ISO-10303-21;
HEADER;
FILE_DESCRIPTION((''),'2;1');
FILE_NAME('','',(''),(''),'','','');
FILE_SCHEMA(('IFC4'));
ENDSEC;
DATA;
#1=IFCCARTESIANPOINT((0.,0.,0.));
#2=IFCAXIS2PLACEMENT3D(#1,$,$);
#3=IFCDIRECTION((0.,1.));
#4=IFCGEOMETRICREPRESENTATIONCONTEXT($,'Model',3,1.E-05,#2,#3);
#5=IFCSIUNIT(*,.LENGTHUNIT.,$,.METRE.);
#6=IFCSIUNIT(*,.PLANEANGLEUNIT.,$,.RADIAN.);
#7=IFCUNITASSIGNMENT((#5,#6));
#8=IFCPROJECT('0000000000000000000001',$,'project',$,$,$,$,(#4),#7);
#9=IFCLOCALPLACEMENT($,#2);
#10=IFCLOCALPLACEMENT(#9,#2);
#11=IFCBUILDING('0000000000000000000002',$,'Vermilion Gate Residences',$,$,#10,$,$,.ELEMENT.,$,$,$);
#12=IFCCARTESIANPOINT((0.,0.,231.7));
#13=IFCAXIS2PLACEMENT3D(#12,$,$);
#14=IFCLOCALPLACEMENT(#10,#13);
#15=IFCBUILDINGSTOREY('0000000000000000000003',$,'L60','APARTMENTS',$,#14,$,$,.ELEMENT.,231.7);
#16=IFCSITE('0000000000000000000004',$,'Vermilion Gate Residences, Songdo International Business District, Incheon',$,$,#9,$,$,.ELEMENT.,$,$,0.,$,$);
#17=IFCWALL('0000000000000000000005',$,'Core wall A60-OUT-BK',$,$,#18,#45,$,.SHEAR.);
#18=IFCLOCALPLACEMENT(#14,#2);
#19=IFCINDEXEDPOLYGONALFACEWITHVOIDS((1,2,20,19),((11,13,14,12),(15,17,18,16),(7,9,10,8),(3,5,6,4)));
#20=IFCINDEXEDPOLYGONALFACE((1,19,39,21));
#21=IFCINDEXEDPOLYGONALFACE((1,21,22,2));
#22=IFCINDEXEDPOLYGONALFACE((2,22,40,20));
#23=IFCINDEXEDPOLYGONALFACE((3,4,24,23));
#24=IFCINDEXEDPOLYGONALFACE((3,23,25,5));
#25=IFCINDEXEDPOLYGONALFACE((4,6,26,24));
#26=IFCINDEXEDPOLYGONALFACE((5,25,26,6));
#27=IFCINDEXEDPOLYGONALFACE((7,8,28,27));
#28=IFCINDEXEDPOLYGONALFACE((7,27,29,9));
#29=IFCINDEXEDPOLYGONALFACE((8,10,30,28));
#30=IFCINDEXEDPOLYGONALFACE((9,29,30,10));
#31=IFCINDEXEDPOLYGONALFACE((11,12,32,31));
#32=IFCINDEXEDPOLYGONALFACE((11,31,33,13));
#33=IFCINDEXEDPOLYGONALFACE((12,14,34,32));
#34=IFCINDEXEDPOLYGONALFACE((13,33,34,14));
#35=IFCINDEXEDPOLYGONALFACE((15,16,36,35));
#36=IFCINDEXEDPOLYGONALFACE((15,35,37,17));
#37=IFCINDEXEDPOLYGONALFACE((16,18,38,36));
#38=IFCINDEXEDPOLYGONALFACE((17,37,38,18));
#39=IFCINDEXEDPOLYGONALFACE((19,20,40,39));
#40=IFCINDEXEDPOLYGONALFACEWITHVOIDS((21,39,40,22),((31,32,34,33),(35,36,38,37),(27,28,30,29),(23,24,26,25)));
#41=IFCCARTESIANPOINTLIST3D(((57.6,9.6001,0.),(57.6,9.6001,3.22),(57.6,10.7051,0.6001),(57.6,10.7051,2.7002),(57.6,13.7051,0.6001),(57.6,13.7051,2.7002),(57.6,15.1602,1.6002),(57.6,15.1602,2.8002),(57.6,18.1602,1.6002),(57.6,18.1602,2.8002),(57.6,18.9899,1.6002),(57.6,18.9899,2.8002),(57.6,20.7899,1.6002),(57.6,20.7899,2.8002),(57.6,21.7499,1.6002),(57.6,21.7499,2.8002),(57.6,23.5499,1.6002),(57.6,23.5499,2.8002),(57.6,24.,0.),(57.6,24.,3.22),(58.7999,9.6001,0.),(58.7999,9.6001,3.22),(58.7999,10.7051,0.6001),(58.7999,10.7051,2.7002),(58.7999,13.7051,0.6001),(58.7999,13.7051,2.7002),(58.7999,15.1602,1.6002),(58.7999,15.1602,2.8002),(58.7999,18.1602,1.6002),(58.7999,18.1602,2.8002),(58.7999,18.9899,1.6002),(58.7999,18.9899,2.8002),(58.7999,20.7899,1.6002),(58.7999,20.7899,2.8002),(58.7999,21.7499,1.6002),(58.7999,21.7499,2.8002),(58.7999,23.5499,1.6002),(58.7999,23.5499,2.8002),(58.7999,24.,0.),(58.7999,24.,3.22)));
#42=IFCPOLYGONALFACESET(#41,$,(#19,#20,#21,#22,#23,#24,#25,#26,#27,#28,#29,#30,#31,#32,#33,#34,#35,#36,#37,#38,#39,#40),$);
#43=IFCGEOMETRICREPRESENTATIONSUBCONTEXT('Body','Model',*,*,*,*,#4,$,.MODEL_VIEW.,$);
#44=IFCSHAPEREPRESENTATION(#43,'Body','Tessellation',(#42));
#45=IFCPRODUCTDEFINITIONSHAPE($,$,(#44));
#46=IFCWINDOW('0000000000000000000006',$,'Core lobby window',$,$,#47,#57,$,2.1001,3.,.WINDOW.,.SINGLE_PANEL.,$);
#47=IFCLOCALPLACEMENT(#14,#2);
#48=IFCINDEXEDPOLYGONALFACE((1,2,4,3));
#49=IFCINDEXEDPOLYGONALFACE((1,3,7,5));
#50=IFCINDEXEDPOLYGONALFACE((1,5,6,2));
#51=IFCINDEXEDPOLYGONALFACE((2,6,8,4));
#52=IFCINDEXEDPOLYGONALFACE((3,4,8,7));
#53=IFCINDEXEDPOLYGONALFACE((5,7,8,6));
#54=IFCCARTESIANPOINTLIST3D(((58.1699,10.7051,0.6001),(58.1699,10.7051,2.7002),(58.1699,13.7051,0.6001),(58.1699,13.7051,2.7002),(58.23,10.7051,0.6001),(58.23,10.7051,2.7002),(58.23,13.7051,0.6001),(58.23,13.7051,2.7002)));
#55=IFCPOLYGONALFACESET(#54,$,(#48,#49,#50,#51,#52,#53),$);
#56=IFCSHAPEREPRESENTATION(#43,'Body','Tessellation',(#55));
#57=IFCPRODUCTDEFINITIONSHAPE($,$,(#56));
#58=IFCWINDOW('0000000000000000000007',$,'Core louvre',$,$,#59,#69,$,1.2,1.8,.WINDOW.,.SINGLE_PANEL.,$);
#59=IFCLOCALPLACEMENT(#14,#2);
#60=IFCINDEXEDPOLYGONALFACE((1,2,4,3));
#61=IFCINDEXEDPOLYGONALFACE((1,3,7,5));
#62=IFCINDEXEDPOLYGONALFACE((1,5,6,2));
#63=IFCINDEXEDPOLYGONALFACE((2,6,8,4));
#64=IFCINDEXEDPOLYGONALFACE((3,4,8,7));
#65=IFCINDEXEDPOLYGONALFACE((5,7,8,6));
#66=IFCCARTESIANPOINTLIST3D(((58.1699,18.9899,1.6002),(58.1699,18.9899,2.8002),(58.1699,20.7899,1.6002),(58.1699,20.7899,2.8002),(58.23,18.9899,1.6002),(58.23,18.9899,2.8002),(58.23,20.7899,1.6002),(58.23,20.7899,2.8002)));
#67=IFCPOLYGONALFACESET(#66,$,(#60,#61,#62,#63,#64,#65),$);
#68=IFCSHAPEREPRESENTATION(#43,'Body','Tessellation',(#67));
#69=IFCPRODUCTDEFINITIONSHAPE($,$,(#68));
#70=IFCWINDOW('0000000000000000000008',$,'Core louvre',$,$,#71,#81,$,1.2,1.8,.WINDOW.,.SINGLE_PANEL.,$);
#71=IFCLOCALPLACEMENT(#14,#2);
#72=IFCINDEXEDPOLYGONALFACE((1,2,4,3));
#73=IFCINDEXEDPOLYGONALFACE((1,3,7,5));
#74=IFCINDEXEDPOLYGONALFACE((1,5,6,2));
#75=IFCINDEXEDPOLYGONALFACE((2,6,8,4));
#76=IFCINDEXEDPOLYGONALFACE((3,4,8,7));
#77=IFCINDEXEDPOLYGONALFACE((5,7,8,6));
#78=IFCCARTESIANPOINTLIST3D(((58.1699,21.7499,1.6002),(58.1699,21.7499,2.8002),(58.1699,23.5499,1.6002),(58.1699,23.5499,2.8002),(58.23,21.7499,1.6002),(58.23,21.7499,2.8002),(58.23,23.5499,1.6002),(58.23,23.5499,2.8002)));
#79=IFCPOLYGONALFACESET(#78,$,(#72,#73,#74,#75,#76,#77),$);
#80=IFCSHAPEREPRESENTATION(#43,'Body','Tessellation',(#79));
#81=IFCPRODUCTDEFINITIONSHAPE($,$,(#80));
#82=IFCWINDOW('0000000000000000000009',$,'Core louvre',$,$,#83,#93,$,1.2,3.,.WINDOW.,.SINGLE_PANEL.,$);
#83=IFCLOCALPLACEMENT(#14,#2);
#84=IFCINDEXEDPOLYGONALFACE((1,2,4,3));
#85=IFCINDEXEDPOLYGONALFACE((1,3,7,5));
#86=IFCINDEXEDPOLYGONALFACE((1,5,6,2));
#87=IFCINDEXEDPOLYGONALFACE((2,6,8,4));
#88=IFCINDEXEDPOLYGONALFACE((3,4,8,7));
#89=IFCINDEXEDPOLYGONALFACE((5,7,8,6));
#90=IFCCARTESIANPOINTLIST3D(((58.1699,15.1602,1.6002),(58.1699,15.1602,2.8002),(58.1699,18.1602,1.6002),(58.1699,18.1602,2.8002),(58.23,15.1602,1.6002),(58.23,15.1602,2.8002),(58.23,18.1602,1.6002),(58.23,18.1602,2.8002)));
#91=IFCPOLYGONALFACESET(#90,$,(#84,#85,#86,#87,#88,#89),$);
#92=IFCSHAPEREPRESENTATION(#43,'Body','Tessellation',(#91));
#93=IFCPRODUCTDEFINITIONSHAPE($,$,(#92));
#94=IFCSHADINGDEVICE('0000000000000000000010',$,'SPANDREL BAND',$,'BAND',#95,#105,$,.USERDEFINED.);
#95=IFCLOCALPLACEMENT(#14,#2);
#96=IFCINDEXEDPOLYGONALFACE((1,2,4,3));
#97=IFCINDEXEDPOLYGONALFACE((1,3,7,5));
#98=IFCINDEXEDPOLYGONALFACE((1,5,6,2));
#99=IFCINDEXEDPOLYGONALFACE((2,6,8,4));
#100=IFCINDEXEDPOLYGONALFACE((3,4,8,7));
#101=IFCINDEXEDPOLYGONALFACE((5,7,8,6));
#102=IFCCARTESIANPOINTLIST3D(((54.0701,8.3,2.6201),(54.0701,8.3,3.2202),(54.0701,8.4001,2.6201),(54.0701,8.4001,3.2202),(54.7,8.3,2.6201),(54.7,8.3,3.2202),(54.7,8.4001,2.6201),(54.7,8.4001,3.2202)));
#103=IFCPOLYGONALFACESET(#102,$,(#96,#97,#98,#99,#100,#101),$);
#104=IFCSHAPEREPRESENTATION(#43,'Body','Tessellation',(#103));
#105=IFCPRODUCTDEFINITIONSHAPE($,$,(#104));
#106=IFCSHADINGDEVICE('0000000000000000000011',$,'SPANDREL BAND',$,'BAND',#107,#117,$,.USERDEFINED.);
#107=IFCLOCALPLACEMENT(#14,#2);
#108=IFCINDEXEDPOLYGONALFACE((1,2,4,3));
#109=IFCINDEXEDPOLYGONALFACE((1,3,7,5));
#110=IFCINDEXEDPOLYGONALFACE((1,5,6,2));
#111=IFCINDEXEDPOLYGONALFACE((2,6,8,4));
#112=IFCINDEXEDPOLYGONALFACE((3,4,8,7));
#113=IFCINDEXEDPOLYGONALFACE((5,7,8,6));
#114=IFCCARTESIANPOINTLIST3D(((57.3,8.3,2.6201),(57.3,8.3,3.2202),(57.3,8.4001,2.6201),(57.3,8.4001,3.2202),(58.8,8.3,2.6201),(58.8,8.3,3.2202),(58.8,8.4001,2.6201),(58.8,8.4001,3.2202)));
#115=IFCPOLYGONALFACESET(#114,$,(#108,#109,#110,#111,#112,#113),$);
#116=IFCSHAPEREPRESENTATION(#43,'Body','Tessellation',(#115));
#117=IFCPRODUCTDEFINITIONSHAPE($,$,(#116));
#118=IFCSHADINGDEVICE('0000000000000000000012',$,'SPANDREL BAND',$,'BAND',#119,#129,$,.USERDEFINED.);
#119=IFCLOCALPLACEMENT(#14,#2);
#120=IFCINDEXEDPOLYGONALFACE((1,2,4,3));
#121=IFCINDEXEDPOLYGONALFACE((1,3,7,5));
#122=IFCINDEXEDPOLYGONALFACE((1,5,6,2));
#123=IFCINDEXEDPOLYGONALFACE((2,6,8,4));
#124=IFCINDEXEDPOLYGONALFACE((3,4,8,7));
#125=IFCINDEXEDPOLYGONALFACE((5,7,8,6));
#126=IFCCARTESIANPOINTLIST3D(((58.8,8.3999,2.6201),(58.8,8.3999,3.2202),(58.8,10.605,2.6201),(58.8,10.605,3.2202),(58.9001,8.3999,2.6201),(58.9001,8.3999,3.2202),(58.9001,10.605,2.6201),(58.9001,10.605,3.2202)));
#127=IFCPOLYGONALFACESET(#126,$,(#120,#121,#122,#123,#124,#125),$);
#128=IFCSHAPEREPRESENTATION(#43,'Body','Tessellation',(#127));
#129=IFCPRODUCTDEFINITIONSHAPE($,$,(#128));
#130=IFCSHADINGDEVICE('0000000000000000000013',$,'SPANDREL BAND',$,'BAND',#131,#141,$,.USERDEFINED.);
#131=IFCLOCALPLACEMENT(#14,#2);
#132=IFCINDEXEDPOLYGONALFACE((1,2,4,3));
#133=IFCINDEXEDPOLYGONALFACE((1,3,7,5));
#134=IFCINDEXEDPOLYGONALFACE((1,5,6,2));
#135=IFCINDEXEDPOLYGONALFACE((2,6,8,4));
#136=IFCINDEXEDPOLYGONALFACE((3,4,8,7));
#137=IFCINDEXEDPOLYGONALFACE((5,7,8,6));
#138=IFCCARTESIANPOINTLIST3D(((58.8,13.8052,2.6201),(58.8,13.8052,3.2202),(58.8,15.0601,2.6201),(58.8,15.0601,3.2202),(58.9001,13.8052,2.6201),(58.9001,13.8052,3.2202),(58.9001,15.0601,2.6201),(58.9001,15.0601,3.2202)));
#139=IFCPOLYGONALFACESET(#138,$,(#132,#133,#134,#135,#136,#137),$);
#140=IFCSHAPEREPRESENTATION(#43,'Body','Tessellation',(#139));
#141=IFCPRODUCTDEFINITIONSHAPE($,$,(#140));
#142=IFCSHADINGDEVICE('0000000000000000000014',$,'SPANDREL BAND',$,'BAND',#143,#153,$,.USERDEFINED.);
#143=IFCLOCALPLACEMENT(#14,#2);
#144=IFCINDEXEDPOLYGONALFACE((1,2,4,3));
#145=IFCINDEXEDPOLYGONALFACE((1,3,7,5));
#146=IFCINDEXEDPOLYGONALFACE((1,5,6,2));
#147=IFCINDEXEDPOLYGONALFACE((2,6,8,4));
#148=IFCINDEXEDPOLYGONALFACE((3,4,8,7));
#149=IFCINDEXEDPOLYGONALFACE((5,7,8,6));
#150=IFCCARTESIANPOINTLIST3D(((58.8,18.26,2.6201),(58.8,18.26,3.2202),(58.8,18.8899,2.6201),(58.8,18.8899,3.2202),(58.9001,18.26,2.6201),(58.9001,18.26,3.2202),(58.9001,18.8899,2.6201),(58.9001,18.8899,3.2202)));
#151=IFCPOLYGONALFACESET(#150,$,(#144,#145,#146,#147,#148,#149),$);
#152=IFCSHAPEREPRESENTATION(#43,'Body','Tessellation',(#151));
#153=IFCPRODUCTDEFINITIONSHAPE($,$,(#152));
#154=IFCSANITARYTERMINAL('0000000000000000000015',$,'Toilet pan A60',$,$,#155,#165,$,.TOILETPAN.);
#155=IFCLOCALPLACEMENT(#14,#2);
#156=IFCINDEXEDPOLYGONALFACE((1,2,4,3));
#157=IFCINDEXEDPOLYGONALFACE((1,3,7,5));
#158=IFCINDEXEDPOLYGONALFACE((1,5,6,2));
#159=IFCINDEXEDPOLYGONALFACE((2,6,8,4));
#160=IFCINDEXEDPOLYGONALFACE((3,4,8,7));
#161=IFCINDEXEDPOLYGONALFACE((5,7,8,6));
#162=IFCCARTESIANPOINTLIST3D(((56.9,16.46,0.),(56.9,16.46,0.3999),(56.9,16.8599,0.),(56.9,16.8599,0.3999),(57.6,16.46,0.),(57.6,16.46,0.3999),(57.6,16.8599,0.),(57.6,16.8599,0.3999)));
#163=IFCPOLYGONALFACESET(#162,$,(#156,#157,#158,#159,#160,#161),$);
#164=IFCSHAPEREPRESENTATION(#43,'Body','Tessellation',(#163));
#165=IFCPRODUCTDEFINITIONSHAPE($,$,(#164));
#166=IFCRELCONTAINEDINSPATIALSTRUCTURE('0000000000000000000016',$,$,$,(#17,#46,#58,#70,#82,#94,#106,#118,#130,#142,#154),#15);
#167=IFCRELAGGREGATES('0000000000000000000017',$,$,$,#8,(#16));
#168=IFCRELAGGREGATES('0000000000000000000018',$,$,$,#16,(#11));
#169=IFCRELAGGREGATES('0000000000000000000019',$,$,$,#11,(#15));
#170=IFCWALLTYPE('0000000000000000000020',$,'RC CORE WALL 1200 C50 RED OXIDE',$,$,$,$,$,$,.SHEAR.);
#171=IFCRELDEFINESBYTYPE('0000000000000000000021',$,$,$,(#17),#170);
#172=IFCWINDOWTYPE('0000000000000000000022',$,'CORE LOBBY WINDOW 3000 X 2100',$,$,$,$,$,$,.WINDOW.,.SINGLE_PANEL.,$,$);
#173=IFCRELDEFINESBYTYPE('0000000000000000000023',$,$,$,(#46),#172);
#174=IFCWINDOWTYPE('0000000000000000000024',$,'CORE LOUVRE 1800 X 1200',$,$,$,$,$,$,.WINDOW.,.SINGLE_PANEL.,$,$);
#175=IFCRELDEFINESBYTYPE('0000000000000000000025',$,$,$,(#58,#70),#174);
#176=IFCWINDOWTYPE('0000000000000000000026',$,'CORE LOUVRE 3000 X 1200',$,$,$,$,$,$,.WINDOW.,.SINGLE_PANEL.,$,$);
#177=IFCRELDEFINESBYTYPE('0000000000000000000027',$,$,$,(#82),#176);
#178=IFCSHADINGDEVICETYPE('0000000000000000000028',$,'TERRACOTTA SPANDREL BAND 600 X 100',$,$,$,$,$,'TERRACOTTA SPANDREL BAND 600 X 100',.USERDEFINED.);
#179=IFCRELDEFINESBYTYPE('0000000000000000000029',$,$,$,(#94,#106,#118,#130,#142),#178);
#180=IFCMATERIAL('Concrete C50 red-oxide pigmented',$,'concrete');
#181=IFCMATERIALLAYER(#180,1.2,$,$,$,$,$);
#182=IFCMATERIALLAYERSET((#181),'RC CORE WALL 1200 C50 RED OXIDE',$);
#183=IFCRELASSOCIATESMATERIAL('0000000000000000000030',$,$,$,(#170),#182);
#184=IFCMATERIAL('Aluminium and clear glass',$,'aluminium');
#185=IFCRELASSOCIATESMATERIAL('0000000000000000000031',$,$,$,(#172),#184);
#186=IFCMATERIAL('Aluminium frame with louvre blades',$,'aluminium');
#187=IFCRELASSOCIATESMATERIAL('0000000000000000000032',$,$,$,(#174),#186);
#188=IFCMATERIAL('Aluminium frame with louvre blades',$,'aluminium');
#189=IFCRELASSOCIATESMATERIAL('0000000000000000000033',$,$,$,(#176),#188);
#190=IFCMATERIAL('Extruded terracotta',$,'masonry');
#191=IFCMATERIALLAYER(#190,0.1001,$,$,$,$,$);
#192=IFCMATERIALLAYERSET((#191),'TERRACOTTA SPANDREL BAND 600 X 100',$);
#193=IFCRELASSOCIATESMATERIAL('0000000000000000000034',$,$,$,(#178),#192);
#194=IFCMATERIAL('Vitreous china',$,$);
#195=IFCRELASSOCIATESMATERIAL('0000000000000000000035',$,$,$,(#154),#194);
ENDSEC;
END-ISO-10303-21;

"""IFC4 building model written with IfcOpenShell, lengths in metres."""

from ifc_helpers import new_model, si_unit, direction, frame, frame_2d, origin, origin_2d, place, context, subcontext, project, spatial, rectangle, extrude, material, layer, layer_set, type_object, element, fill, save


model = new_model("IFC4")

# Units and contexts
model_context = context("Model", 3, precision=1e-05, world=origin(), true_north=direction((0.0, 1.0)))
body_context = subcontext(model_context, "Body", "Model", "MODEL_VIEW")
ifc_project = project(units=[si_unit("LENGTHUNIT", "METRE"), si_unit("PLANEANGLEUNIT", "RADIAN")], contexts=[model_context])

# Site, building, storey
site_placement = place(None, origin())
site = spatial("IfcSite", under=ifc_project, at=site_placement, Name="Vermilion Gate Residences, Songdo International Business District, Incheon", CompositionType="ELEMENT", RefElevation=0.0)
building_placement = place(site_placement, origin())
building = spatial("IfcBuilding", under=site, at=building_placement, Name="Vermilion Gate Residences", CompositionType="ELEMENT")
storey_placement = place(building_placement, frame((0.0, 0.0, 231.7)))
storey = spatial("IfcBuildingStorey", under=building, at=storey_placement, Name="L60", Description="APARTMENTS", CompositionType="ELEMENT", Elevation=231.7)

# Wall, openings, windows
ifc_material_1 = material(Name="Concrete C50 red-oxide pigmented", Category="concrete")
ifc_layer_1 = layer(ifc_material_1, 1.2)
ifc_layer_set_1 = layer_set([ifc_layer_1], Name="RC CORE WALL 1200 C50 RED OXIDE")
wall_type_1 = type_object("IfcWallType", Name="RC CORE WALL 1200 C50 RED OXIDE", PredefinedType="SHEAR", material=ifc_layer_set_1)
wall_1_placement = place(storey_placement, frame((58.2, 9.6001, 0.0), z_axis=(0.0, 0.0, 1.0), x_axis=(0.0, 1.0, 0.0)))
wall_1 = element("IfcWall", 1, at=wall_1_placement, inside=storey, type_object=wall_type_1, Name="Core wall A60-OUT-BK", PredefinedType="SHEAR", context=body_context, shape_type="SweptSolid", body=[
    extrude(rectangle(XDim=14.3999, YDim=1.2, at=frame_2d((7.2, 0.0))), origin(), (0.0, 0.0, 1.0), 3.22),
])
opening_1_placement = place(wall_1_placement, frame((1.105, 0.0, 0.6001)))
opening_1 = element("IfcOpeningElement", 2, at=opening_1_placement, cuts=wall_1, PredefinedType="OPENING", context=body_context, shape_type="SweptSolid", body=[
    extrude(rectangle(XDim=3.0, YDim=2.1001, at=frame_2d((1.5, 1.05))), frame((0.0, 0.6099, 0.0), z_axis=(0.0, -1.0, 0.0), x_axis=(1.0, 0.0, 0.0)), (0.0, 0.0, 1.0), 1.22),
])
opening_2_placement = place(wall_1_placement, frame((5.5601, 0.0, 1.6001)))
opening_2 = element("IfcOpeningElement", 3, at=opening_2_placement, cuts=wall_1, PredefinedType="OPENING", context=body_context, shape_type="SweptSolid", body=[
    extrude(rectangle(XDim=3.0, YDim=1.2, at=frame_2d((1.5, 0.6001))), frame((0.0, 0.6099, 0.0), z_axis=(0.0, -1.0, 0.0), x_axis=(1.0, 0.0, 0.0)), (0.0, 0.0, 1.0), 1.22),
])
opening_3_placement = place(wall_1_placement, frame((9.3899, 0.0, 1.6001)))
opening_3 = element("IfcOpeningElement", 4, at=opening_3_placement, cuts=wall_1, PredefinedType="OPENING", context=body_context, shape_type="SweptSolid", body=[
    extrude(rectangle(XDim=1.8, YDim=1.2, at=frame_2d((0.8999, 0.6001))), frame((0.0, 0.6099, 0.0), z_axis=(0.0, -1.0, 0.0), x_axis=(1.0, 0.0, 0.0)), (0.0, 0.0, 1.0), 1.22),
])
opening_4_placement = place(wall_1_placement, frame((12.1499, 0.0, 1.6001)))
opening_4 = element("IfcOpeningElement", 5, at=opening_4_placement, cuts=wall_1, PredefinedType="OPENING", context=body_context, shape_type="SweptSolid", body=[
    extrude(rectangle(XDim=1.8, YDim=1.2, at=frame_2d((0.8999, 0.6001))), frame((0.0, 0.6099, 0.0), z_axis=(0.0, -1.0, 0.0), x_axis=(1.0, 0.0, 0.0)), (0.0, 0.0, 1.0), 1.22),
])
ifc_material_2 = material(Name="Aluminium and clear glass", Category="aluminium")
window_type_1 = type_object("IfcWindowType", Name="CORE LOBBY WINDOW 3000 X 2100", PartitioningType="SINGLE_PANEL", PredefinedType="WINDOW", material=ifc_material_2)
window_1_placement = place(opening_1_placement, origin())
window_1 = element("IfcWindow", 6, at=window_1_placement, inside=storey, type_object=window_type_1, Name="Core lobby window", OverallHeight=2.1001, OverallWidth=3.0, PartitioningType="SINGLE_PANEL", PredefinedType="WINDOW", context=body_context, shape_type="SweptSolid", body=[
    extrude(rectangle(XDim=3.0, YDim=2.1001, at=frame_2d((1.5, 1.05))), frame((0.0, 0.03, 0.0), z_axis=(0.0, -1.0, 0.0), x_axis=(1.0, 0.0, 0.0)), (0.0, 0.0, 1.0), 0.0601),
])
fill(opening_1, window_1)
ifc_material_3 = material(Name="Aluminium frame with louvre blades", Category="aluminium")
window_type_2 = type_object("IfcWindowType", Name="CORE LOUVRE 1800 X 1200", PartitioningType="SINGLE_PANEL", PredefinedType="WINDOW", material=ifc_material_3)
window_2_placement = place(opening_3_placement, origin())
window_2 = element("IfcWindow", 7, at=window_2_placement, inside=storey, type_object=window_type_2, Name="Core louvre", OverallHeight=1.2, OverallWidth=1.8, PartitioningType="SINGLE_PANEL", PredefinedType="WINDOW", context=body_context, shape_type="SweptSolid", body=[
    extrude(rectangle(XDim=1.8, YDim=1.2, at=frame_2d((0.8999, 0.6001))), frame((0.0, 0.03, 0.0), z_axis=(0.0, -1.0, 0.0), x_axis=(1.0, 0.0, 0.0)), (0.0, 0.0, 1.0), 0.0601),
])
fill(opening_3, window_2)
window_3_placement = place(opening_4_placement, origin())
window_3 = element("IfcWindow", 8, at=window_3_placement, inside=storey, type_object=window_type_2, Name="Core louvre", OverallHeight=1.2, OverallWidth=1.8, PartitioningType="SINGLE_PANEL", PredefinedType="WINDOW", context=body_context, shape_type="SweptSolid", body=[
    extrude(rectangle(XDim=1.8, YDim=1.2, at=frame_2d((0.8999, 0.6001))), frame((0.0, 0.03, 0.0), z_axis=(0.0, -1.0, 0.0), x_axis=(1.0, 0.0, 0.0)), (0.0, 0.0, 1.0), 0.0601),
])
fill(opening_4, window_3)
ifc_material_4 = material(Name="Aluminium frame with louvre blades", Category="aluminium")
window_type_3 = type_object("IfcWindowType", Name="CORE LOUVRE 3000 X 1200", PartitioningType="SINGLE_PANEL", PredefinedType="WINDOW", material=ifc_material_4)
window_4_placement = place(opening_2_placement, origin())
window_4 = element("IfcWindow", 9, at=window_4_placement, inside=storey, type_object=window_type_3, Name="Core louvre", OverallHeight=1.2, OverallWidth=3.0, PartitioningType="SINGLE_PANEL", PredefinedType="WINDOW", context=body_context, shape_type="SweptSolid", body=[
    extrude(rectangle(XDim=3.0, YDim=1.2, at=frame_2d((1.5, 0.6001))), frame((0.0, 0.03, 0.0), z_axis=(0.0, -1.0, 0.0), x_axis=(1.0, 0.0, 0.0)), (0.0, 0.0, 1.0), 0.0601),
])
fill(opening_2, window_4)

# Shading devices
ifc_material_5 = material(Name="Extruded terracotta", Category="masonry")
ifc_layer_2 = layer(ifc_material_5, 0.1001)
ifc_layer_set_2 = layer_set([ifc_layer_2], Name="TERRACOTTA SPANDREL BAND 600 X 100")
shading_device_type = type_object("IfcShadingDeviceType", Name="TERRACOTTA SPANDREL BAND 600 X 100", ElementType="TERRACOTTA SPANDREL BAND 600 X 100", PredefinedType="USERDEFINED", material=ifc_layer_set_2)
shading_device_1_placement = place(storey_placement, frame((54.385, 8.3501, 2.6201), z_axis=(0.0, 0.0, 1.0), x_axis=(1.0, 0.0, 0.0)))
element("IfcShadingDevice", 10, at=shading_device_1_placement, inside=storey, type_object=shading_device_type, Name="SPANDREL BAND", ObjectType="BAND", PredefinedType="USERDEFINED", context=body_context, shape_type="SweptSolid", body=[
    extrude(rectangle(XDim=0.6299, YDim=0.1001, at=origin_2d()), origin(), (0.0, 0.0, 1.0), 0.6001),
])
shading_device_2_placement = place(storey_placement, frame((58.05, 8.3501, 2.6201), z_axis=(0.0, 0.0, 1.0), x_axis=(1.0, 0.0, 0.0)))
element("IfcShadingDevice", 11, at=shading_device_2_placement, inside=storey, type_object=shading_device_type, Name="SPANDREL BAND", ObjectType="BAND", PredefinedType="USERDEFINED", context=body_context, shape_type="SweptSolid", body=[
    extrude(rectangle(XDim=1.5, YDim=0.1001, at=origin_2d()), origin(), (0.0, 0.0, 1.0), 0.6001),
])
shading_device_3_placement = place(storey_placement, frame((58.8501, 9.5024, 2.6201), z_axis=(0.0, 0.0, 1.0), x_axis=(0.0, 1.0, 0.0)))
element("IfcShadingDevice", 12, at=shading_device_3_placement, inside=storey, type_object=shading_device_type, Name="SPANDREL BAND", ObjectType="BAND", PredefinedType="USERDEFINED", context=body_context, shape_type="SweptSolid", body=[
    extrude(rectangle(XDim=2.2051, YDim=0.1001, at=origin_2d()), origin(), (0.0, 0.0, 1.0), 0.6001),
])
shading_device_4_placement = place(storey_placement, frame((58.8501, 14.4326, 2.6201), z_axis=(0.0, 0.0, 1.0), x_axis=(0.0, 1.0, 0.0)))
element("IfcShadingDevice", 13, at=shading_device_4_placement, inside=storey, type_object=shading_device_type, Name="SPANDREL BAND", ObjectType="BAND", PredefinedType="USERDEFINED", context=body_context, shape_type="SweptSolid", body=[
    extrude(rectangle(XDim=1.2549, YDim=0.1001, at=origin_2d()), origin(), (0.0, 0.0, 1.0), 0.6001),
])
shading_device_5_placement = place(storey_placement, frame((58.8501, 18.575, 2.6201), z_axis=(0.0, 0.0, 1.0), x_axis=(0.0, 1.0, 0.0)))
element("IfcShadingDevice", 14, at=shading_device_5_placement, inside=storey, type_object=shading_device_type, Name="SPANDREL BAND", ObjectType="BAND", PredefinedType="USERDEFINED", context=body_context, shape_type="SweptSolid", body=[
    extrude(rectangle(XDim=0.6299, YDim=0.1001, at=origin_2d()), origin(), (0.0, 0.0, 1.0), 0.6001),
])

# Sanitary terminal
ifc_material_6 = material(Name="Vitreous china")
sanitary_terminal_1_placement = place(storey_placement, frame((57.25, 16.6599, 0.0), z_axis=(0.0, 0.0, 1.0), x_axis=(1.0, 0.0, 0.0)))
element("IfcSanitaryTerminal", 15, at=sanitary_terminal_1_placement, inside=storey, material=ifc_material_6, Name="Toilet pan A60", PredefinedType="TOILETPAN", context=body_context, shape_type="SweptSolid", body=[
    extrude(rectangle(XDim=0.7, YDim=0.3999, at=origin_2d()), origin(), (0.0, 0.0, 1.0), 0.3999),
])

save(model, "model.ifc")
